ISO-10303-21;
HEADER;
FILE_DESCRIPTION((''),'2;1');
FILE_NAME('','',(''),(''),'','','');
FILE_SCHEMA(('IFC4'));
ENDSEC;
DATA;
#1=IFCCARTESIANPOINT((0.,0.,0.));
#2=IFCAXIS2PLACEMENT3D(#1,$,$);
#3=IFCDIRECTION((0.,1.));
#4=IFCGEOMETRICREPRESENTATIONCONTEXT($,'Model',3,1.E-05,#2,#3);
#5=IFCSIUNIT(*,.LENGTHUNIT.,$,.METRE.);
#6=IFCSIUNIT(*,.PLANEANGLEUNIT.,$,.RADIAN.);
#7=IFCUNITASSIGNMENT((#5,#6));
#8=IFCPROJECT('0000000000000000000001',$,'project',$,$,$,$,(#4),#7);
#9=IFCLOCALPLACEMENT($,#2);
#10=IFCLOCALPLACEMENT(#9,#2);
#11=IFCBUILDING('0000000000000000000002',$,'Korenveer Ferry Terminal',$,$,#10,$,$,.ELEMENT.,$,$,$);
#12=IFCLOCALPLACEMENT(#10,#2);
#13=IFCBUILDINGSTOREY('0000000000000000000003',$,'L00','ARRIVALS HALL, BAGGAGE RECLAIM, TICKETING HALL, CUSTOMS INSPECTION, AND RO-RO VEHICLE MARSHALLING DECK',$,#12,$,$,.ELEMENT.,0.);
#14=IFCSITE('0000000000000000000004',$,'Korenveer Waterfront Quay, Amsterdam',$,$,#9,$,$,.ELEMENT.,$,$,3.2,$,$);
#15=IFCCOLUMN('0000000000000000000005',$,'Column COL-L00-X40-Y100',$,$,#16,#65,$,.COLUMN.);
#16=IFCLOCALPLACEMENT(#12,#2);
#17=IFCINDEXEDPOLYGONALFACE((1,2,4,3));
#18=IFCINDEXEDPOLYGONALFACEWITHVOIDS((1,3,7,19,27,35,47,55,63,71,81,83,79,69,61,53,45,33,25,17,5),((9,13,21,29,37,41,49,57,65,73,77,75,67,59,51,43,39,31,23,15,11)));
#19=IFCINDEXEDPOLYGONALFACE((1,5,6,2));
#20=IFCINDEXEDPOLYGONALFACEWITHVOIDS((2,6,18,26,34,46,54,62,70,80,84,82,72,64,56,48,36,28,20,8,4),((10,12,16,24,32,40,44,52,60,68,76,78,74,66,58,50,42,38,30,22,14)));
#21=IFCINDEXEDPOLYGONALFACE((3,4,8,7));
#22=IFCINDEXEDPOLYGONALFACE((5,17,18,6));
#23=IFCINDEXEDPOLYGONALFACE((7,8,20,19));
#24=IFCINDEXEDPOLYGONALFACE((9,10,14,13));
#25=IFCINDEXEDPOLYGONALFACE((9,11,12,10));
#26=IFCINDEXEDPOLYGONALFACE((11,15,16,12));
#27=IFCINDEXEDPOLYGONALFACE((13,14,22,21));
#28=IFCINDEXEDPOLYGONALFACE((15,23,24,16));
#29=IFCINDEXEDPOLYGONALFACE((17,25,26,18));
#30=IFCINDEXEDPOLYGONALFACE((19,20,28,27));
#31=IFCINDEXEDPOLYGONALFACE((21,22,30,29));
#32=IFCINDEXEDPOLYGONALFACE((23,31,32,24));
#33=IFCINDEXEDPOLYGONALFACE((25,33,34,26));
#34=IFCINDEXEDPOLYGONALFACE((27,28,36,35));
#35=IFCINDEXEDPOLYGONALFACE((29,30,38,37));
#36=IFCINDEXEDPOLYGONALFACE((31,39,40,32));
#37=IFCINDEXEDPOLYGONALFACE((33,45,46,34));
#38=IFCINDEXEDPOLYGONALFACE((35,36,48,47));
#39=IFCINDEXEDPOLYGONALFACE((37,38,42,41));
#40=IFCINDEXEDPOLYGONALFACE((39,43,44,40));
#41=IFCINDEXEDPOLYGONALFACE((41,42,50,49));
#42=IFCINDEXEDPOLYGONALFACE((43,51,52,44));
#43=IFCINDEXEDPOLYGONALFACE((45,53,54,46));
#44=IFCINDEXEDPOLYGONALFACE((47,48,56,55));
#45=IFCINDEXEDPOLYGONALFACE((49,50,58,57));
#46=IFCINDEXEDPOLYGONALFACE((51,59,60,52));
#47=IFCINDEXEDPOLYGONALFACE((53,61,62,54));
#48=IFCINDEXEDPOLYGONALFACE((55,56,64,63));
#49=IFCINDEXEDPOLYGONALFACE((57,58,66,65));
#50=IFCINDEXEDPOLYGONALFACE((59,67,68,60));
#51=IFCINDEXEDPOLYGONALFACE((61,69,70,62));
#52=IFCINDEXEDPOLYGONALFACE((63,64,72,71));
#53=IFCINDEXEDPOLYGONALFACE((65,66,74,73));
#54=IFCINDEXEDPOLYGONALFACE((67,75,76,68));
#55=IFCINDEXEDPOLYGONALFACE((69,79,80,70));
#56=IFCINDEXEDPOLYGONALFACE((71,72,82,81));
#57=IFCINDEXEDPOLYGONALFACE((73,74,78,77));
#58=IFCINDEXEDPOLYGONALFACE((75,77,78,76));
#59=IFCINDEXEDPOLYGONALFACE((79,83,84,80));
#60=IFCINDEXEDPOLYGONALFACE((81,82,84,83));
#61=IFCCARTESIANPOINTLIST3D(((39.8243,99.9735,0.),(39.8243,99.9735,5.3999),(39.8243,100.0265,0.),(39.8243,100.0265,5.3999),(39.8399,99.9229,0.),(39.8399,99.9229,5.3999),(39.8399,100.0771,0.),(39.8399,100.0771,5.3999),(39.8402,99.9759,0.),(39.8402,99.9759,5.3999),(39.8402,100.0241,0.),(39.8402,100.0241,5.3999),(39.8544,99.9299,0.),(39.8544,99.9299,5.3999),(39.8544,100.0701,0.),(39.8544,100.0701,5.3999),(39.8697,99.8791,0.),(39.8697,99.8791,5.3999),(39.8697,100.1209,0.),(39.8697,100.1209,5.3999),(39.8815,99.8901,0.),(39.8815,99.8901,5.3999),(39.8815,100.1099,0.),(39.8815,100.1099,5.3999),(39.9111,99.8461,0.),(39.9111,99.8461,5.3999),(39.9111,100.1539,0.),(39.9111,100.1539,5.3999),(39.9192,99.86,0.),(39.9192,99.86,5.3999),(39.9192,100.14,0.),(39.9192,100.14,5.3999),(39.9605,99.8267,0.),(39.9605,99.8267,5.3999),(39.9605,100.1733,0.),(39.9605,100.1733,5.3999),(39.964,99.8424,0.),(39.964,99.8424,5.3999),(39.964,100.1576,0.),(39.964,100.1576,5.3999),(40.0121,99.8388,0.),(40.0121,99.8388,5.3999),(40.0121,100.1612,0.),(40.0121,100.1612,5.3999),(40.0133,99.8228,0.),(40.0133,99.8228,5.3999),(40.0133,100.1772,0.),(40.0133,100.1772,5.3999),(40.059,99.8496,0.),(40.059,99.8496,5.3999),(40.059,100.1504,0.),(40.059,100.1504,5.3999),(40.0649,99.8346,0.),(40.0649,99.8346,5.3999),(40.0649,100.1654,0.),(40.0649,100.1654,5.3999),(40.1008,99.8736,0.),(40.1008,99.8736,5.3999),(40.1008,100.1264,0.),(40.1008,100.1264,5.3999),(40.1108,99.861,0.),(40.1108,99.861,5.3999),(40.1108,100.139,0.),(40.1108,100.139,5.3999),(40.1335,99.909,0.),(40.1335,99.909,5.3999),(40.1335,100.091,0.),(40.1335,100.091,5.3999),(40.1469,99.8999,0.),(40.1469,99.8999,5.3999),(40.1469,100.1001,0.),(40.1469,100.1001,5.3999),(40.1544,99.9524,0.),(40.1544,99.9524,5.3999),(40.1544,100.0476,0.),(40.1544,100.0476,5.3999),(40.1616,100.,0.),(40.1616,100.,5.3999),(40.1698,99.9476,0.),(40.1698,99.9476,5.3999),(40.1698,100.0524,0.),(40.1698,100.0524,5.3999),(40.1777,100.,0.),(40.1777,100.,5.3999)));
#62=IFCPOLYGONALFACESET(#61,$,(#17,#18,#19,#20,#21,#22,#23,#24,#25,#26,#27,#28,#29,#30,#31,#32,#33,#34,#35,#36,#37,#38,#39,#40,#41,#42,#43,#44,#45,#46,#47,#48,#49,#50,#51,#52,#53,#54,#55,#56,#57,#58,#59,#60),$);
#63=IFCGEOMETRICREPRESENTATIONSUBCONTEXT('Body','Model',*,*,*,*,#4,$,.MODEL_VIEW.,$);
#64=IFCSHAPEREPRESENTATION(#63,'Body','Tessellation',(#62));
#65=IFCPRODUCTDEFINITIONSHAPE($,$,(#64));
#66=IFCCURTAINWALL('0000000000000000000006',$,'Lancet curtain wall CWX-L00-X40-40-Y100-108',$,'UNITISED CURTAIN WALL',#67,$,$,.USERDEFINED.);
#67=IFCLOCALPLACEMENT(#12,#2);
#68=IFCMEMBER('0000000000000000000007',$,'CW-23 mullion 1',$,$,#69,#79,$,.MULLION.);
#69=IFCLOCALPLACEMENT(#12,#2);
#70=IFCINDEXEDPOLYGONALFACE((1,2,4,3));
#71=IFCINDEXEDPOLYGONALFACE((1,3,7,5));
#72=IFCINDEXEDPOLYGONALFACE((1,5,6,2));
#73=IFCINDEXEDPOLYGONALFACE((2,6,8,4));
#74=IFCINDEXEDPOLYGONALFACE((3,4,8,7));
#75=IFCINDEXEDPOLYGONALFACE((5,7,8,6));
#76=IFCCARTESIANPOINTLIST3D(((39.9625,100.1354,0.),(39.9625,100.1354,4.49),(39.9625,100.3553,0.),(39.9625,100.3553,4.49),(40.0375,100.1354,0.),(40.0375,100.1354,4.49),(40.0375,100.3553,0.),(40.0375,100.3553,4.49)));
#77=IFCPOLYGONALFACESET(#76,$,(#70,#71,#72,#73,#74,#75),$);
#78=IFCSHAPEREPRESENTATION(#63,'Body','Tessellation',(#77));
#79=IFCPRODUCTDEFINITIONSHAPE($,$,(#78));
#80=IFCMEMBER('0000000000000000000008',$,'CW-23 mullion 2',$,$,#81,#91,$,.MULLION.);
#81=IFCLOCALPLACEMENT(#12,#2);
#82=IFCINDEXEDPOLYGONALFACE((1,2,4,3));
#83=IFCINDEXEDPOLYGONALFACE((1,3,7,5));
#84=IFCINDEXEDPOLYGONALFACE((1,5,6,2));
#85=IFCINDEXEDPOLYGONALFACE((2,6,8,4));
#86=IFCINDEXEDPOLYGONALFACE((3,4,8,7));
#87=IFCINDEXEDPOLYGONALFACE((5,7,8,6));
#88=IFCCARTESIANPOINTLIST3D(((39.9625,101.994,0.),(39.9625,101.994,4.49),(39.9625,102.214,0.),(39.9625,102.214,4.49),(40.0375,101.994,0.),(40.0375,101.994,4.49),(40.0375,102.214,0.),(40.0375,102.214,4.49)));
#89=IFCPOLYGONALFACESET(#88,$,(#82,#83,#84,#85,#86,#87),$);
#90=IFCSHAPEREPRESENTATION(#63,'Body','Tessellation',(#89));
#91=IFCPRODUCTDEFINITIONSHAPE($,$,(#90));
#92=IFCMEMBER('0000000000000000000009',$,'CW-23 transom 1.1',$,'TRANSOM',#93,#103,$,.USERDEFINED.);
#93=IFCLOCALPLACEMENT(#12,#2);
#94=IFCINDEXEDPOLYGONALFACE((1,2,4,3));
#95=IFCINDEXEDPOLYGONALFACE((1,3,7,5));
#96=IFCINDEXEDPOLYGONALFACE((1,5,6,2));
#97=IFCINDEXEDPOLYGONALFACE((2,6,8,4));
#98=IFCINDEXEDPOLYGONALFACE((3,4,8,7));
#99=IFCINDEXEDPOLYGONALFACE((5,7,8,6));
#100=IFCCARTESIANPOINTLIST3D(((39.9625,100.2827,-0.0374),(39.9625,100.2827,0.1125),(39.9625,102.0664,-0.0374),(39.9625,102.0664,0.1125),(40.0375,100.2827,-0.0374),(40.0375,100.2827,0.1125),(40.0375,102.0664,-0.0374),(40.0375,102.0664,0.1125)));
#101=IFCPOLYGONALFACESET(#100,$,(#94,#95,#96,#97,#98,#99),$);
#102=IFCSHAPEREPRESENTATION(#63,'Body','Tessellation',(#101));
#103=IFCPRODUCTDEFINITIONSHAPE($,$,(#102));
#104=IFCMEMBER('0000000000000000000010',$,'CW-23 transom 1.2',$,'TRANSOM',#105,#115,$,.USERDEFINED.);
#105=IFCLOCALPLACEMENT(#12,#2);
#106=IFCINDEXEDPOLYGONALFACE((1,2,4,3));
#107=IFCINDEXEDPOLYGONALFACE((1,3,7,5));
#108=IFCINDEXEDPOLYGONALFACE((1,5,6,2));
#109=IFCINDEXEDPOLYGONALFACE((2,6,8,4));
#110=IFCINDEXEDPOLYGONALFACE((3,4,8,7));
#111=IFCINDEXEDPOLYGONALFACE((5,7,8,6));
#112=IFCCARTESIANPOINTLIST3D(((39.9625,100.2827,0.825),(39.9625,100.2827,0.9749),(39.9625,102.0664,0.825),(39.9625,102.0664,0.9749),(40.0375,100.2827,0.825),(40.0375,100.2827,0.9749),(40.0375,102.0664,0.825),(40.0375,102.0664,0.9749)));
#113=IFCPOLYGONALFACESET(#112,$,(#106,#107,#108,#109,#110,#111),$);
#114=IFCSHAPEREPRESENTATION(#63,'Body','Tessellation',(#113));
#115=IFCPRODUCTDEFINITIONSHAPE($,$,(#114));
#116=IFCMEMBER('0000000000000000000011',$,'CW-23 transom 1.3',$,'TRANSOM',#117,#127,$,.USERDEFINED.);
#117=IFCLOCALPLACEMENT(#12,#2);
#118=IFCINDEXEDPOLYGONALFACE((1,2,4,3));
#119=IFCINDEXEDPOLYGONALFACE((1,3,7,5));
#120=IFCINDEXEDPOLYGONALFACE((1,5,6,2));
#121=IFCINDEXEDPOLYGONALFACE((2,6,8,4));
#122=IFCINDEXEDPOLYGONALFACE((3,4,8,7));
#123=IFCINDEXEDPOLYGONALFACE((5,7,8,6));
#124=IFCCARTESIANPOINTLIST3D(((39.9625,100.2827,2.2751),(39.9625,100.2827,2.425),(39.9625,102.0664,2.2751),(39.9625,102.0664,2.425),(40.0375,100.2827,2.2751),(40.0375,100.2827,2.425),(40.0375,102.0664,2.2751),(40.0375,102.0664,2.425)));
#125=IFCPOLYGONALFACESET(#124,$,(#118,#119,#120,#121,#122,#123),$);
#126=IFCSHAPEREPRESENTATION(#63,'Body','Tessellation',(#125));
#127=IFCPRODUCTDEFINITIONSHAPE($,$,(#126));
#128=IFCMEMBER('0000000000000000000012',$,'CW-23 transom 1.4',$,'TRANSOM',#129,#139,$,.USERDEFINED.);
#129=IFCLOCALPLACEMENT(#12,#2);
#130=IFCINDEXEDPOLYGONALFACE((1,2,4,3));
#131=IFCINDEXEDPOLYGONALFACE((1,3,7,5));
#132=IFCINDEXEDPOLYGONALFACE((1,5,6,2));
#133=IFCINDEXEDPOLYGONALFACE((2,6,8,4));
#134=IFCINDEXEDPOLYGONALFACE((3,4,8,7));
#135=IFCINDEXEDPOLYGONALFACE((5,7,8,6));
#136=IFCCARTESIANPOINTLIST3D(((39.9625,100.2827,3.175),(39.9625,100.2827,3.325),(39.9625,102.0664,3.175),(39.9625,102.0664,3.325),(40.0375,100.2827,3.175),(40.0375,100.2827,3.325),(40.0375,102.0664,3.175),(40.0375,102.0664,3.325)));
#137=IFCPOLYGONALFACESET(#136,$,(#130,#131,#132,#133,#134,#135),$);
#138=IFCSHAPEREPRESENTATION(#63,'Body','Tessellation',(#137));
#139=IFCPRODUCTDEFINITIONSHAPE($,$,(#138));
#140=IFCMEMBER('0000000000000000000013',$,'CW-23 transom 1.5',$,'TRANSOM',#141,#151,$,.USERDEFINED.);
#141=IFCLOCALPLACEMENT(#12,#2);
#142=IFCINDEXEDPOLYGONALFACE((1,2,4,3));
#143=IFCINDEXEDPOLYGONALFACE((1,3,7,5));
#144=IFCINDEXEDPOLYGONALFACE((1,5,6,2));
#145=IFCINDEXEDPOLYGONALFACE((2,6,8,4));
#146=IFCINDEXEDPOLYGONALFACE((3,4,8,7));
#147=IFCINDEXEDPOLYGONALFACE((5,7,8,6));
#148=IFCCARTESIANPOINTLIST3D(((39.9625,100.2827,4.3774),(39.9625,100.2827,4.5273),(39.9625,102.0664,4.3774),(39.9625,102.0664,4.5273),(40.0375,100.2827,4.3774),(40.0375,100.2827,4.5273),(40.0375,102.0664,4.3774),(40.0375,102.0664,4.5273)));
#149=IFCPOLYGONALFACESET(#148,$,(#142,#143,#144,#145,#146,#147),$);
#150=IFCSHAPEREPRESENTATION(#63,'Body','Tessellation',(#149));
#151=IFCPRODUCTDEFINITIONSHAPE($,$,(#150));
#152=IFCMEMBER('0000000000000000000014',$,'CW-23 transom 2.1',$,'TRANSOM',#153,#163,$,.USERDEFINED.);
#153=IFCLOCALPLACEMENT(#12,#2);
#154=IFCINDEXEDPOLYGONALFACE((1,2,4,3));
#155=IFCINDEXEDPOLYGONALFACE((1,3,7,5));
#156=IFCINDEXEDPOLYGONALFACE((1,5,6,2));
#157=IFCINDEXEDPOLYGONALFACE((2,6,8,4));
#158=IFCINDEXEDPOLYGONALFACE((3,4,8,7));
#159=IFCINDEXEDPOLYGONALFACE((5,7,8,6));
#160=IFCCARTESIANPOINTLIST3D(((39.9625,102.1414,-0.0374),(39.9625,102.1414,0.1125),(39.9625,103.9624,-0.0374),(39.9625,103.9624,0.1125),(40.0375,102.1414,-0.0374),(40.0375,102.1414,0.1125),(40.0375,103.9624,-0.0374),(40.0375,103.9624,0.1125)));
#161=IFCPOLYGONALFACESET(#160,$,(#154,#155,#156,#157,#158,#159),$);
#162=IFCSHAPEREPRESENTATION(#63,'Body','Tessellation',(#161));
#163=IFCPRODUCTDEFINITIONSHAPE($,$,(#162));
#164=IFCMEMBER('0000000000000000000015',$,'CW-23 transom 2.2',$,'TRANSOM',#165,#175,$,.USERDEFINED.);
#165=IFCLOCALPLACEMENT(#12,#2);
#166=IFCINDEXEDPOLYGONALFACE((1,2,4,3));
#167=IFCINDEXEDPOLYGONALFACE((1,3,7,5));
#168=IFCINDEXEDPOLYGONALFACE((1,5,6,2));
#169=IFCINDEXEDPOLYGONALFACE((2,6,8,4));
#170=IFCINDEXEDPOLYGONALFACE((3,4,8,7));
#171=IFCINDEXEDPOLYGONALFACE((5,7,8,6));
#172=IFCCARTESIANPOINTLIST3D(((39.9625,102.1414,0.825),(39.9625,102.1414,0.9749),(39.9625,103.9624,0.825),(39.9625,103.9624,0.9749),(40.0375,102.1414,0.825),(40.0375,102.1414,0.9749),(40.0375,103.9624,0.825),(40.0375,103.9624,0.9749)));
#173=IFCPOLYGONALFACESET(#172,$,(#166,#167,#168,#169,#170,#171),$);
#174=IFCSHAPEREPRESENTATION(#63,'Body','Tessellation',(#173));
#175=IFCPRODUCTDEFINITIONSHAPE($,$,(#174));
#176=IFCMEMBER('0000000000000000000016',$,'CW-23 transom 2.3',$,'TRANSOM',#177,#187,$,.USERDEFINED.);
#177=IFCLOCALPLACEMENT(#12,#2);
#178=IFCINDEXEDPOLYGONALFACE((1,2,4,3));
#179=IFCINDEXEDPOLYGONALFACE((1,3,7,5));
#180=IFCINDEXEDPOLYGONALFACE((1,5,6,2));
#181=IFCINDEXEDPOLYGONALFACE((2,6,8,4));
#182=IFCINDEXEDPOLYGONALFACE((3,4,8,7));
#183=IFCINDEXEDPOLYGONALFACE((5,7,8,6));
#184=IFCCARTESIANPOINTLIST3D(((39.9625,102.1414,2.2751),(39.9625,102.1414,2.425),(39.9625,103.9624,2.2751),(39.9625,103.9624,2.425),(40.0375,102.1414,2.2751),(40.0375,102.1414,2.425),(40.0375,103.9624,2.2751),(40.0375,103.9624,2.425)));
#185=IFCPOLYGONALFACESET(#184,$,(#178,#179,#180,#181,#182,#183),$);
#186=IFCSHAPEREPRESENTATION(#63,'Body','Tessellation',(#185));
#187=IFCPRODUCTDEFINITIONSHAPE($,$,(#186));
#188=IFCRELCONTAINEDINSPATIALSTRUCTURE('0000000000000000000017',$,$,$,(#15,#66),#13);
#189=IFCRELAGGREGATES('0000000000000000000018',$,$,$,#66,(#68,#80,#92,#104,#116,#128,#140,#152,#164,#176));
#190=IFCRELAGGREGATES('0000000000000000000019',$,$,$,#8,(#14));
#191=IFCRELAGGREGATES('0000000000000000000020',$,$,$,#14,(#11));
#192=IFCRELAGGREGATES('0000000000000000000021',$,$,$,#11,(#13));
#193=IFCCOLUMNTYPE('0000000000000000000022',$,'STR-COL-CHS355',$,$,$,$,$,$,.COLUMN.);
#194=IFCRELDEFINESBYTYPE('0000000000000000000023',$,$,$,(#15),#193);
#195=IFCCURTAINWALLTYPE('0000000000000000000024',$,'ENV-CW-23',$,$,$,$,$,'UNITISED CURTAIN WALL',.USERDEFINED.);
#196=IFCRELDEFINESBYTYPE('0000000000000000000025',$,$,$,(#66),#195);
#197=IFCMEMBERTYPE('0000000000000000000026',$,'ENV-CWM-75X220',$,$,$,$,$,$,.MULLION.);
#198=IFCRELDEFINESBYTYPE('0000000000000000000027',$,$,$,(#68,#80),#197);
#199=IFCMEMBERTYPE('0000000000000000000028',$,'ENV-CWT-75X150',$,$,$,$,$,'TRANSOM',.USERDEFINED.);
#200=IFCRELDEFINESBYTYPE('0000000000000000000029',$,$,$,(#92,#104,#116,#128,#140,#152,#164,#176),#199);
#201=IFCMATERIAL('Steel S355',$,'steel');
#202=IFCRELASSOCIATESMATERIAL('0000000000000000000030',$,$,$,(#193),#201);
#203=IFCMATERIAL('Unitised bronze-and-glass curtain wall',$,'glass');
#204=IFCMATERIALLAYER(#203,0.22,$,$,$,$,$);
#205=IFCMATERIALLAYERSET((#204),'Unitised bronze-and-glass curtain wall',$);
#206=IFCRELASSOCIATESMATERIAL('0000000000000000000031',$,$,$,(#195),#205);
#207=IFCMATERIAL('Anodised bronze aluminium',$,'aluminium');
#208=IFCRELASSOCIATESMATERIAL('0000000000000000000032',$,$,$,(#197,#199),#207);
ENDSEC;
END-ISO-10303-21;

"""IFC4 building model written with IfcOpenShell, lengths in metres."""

from ifc_helpers import new_model, si_unit, direction, frame, origin, origin_2d, place, context, subcontext, project, spatial, rectangle, hollow_circle, extrude, material, layer, layer_set, material_profile, profile_set, type_object, element, aggregate, save


model = new_model("IFC4")

# Units and contexts
model_context = context("Model", 3, precision=1e-05, world=origin(), true_north=direction((0.0, 1.0)))
body_context = subcontext(model_context, "Body", "Model", "MODEL_VIEW")
ifc_project = project(units=[si_unit("LENGTHUNIT", "METRE"), si_unit("PLANEANGLEUNIT", "RADIAN")], contexts=[model_context])

# Site, building, storey
site_placement = place(None, origin())
site = spatial("IfcSite", under=ifc_project, at=site_placement, Name="Korenveer Waterfront Quay, Amsterdam", CompositionType="ELEMENT", RefElevation=3.2)
building_placement = place(site_placement, origin())
building = spatial("IfcBuilding", under=site, at=building_placement, Name="Korenveer Ferry Terminal", CompositionType="ELEMENT")
storey_placement = place(building_placement, origin())
storey = spatial("IfcBuildingStorey", under=building, at=storey_placement, Name="L00", Description="ARRIVALS HALL, BAGGAGE RECLAIM, TICKETING HALL, CUSTOMS INSPECTION, AND RO-RO VEHICLE MARSHALLING DECK", CompositionType="ELEMENT", Elevation=0.0)

# Column
ifc_material_1 = material(Name="Steel S355", Category="steel")
ifc_material_profile_1 = material_profile(ifc_material_1, hollow_circle(Radius=0.1777, WallThickness=0.0161, at=origin_2d()), Name="CHS 355.6x16")
ifc_profile_set_1 = profile_set([ifc_material_profile_1], Name="Steel S355")
column_type = type_object("IfcColumnType", Name="STR-COL-CHS355", PredefinedType="COLUMN", material=ifc_profile_set_1)
column_placement = place(storey_placement, frame((40.0, 100.0, 0.0), z_axis=(0.0, 0.0, 1.0), x_axis=(1.0, 0.0, 0.0)))
element("IfcColumn", 1, at=column_placement, inside=storey, type_object=column_type, Name="Column COL-L00-X40-Y100", PredefinedType="COLUMN", context=body_context, shape_type="SweptSolid", body=[
    extrude(hollow_circle(Radius=0.1777, WallThickness=0.0161, at=origin_2d()), origin(), (0.0, 0.0, 1.0), 5.3999),
])

# Curtain wall, members
ifc_material_2 = material(Name="Unitised bronze-and-glass curtain wall", Category="glass")
ifc_layer_1 = layer(ifc_material_2, 0.22)
ifc_layer_set_1 = layer_set([ifc_layer_1], Name="Unitised bronze-and-glass curtain wall")
curtain_wall_type = type_object("IfcCurtainWallType", Name="ENV-CW-23", ElementType="UNITISED CURTAIN WALL", PredefinedType="USERDEFINED", material=ifc_layer_set_1)
curtain_wall_placement = place(storey_placement, frame((40.0, 100.2078, 0.0)))
curtain_wall = element("IfcCurtainWall", 2, at=curtain_wall_placement, inside=storey, type_object=curtain_wall_type, Name="Lancet curtain wall CWX-L00-X40-40-Y100-108", ObjectType="UNITISED CURTAIN WALL", PredefinedType="USERDEFINED")
ifc_material_3 = material(Name="Anodised bronze aluminium", Category="aluminium")
ifc_material_profile_2 = material_profile(ifc_material_3, rectangle(XDim=0.075, YDim=0.22, at=origin_2d()), Name="ALU 75x220")
ifc_profile_set_2 = profile_set([ifc_material_profile_2], Name="Anodised bronze aluminium")
member_type_1 = type_object("IfcMemberType", Name="ENV-CWM-75X220", PredefinedType="MULLION", material=ifc_profile_set_2)
member_1_placement = place(storey_placement, frame((40.0, 100.2454, 0.0), z_axis=(0.0, 0.0, 1.0), x_axis=(-1.0, 0.0, 0.0)))
member_1 = element("IfcMember", 3, at=member_1_placement, type_object=member_type_1, Name="CW-23 mullion 1", PredefinedType="MULLION", context=body_context, shape_type="SweptSolid", body=[
    extrude(rectangle(XDim=0.075, YDim=0.22, at=origin_2d()), origin(), (0.0, 0.0, 1.0), 4.49),
])
member_2_placement = place(storey_placement, frame((40.0, 102.104, 0.0), z_axis=(0.0, 0.0, 1.0), x_axis=(-1.0, 0.0, 0.0)))
member_2 = element("IfcMember", 4, at=member_2_placement, type_object=member_type_1, Name="CW-23 mullion 2", PredefinedType="MULLION", context=body_context, shape_type="SweptSolid", body=[
    extrude(rectangle(XDim=0.075, YDim=0.22, at=origin_2d()), origin(), (0.0, 0.0, 1.0), 4.49),
])
ifc_material_profile_3 = material_profile(ifc_material_3, rectangle(XDim=0.075, YDim=0.1499, at=origin_2d()), Name="ALU 75x150")
ifc_profile_set_3 = profile_set([ifc_material_profile_3], Name="Anodised bronze aluminium")
member_type_2 = type_object("IfcMemberType", Name="ENV-CWT-75X150", ElementType="TRANSOM", PredefinedType="USERDEFINED", material=ifc_profile_set_3)
member_3_placement = place(storey_placement, frame((40.0, 100.2827, 0.0376), z_axis=(0.0, 1.0, 0.0), x_axis=(-1.0, 0.0, 0.0)))
member_3 = element("IfcMember", 5, at=member_3_placement, type_object=member_type_2, Name="CW-23 transom 1.1", ObjectType="TRANSOM", PredefinedType="USERDEFINED", context=body_context, shape_type="SweptSolid", body=[
    extrude(rectangle(XDim=0.075, YDim=0.1499, at=origin_2d()), origin(), (0.0, 0.0, 1.0), 1.7837),
])
member_4_placement = place(storey_placement, frame((40.0, 100.2827, 0.8999), z_axis=(0.0, 1.0, 0.0), x_axis=(-1.0, 0.0, 0.0)))
member_4 = element("IfcMember", 6, at=member_4_placement, type_object=member_type_2, Name="CW-23 transom 1.2", ObjectType="TRANSOM", PredefinedType="USERDEFINED", context=body_context, shape_type="SweptSolid", body=[
    extrude(rectangle(XDim=0.075, YDim=0.1499, at=origin_2d()), origin(), (0.0, 0.0, 1.0), 1.7837),
])
member_5_placement = place(storey_placement, frame((40.0, 100.2827, 2.3501), z_axis=(0.0, 1.0, 0.0), x_axis=(-1.0, 0.0, 0.0)))
member_5 = element("IfcMember", 7, at=member_5_placement, type_object=member_type_2, Name="CW-23 transom 1.3", ObjectType="TRANSOM", PredefinedType="USERDEFINED", context=body_context, shape_type="SweptSolid", body=[
    extrude(rectangle(XDim=0.075, YDim=0.1499, at=origin_2d()), origin(), (0.0, 0.0, 1.0), 1.7837),
])
member_6_placement = place(storey_placement, frame((40.0, 100.2827, 3.25), z_axis=(0.0, 1.0, 0.0), x_axis=(-1.0, 0.0, 0.0)))
member_6 = element("IfcMember", 8, at=member_6_placement, type_object=member_type_2, Name="CW-23 transom 1.4", ObjectType="TRANSOM", PredefinedType="USERDEFINED", context=body_context, shape_type="SweptSolid", body=[
    extrude(rectangle(XDim=0.075, YDim=0.1499, at=origin_2d()), origin(), (0.0, 0.0, 1.0), 1.7837),
])
member_7_placement = place(storey_placement, frame((40.0, 100.2827, 4.4524), z_axis=(0.0, 1.0, 0.0), x_axis=(-1.0, 0.0, 0.0)))
member_7 = element("IfcMember", 9, at=member_7_placement, type_object=member_type_2, Name="CW-23 transom 1.5", ObjectType="TRANSOM", PredefinedType="USERDEFINED", context=body_context, shape_type="SweptSolid", body=[
    extrude(rectangle(XDim=0.075, YDim=0.1499, at=origin_2d()), origin(), (0.0, 0.0, 1.0), 1.7837),
])
member_8_placement = place(storey_placement, frame((40.0, 102.1414, 0.0376), z_axis=(0.0, 1.0, 0.0), x_axis=(-1.0, 0.0, 0.0)))
member_8 = element("IfcMember", 10, at=member_8_placement, type_object=member_type_2, Name="CW-23 transom 2.1", ObjectType="TRANSOM", PredefinedType="USERDEFINED", context=body_context, shape_type="SweptSolid", body=[
    extrude(rectangle(XDim=0.075, YDim=0.1499, at=origin_2d()), origin(), (0.0, 0.0, 1.0), 1.821),
])
member_9_placement = place(storey_placement, frame((40.0, 102.1414, 0.8999), z_axis=(0.0, 1.0, 0.0), x_axis=(-1.0, 0.0, 0.0)))
member_9 = element("IfcMember", 11, at=member_9_placement, type_object=member_type_2, Name="CW-23 transom 2.2", ObjectType="TRANSOM", PredefinedType="USERDEFINED", context=body_context, shape_type="SweptSolid", body=[
    extrude(rectangle(XDim=0.075, YDim=0.1499, at=origin_2d()), origin(), (0.0, 0.0, 1.0), 1.821),
])
member_10_placement = place(storey_placement, frame((40.0, 102.1414, 2.3501), z_axis=(0.0, 1.0, 0.0), x_axis=(-1.0, 0.0, 0.0)))
member_10 = element("IfcMember", 12, at=member_10_placement, type_object=member_type_2, Name="CW-23 transom 2.3", ObjectType="TRANSOM", PredefinedType="USERDEFINED", context=body_context, shape_type="SweptSolid", body=[
    extrude(rectangle(XDim=0.075, YDim=0.1499, at=origin_2d()), origin(), (0.0, 0.0, 1.0), 1.821),
])

aggregate(curtain_wall, [member_1, member_2, member_3, member_4, member_5, member_6, member_7, member_8, member_9, member_10])

save(model, "model.ifc")
